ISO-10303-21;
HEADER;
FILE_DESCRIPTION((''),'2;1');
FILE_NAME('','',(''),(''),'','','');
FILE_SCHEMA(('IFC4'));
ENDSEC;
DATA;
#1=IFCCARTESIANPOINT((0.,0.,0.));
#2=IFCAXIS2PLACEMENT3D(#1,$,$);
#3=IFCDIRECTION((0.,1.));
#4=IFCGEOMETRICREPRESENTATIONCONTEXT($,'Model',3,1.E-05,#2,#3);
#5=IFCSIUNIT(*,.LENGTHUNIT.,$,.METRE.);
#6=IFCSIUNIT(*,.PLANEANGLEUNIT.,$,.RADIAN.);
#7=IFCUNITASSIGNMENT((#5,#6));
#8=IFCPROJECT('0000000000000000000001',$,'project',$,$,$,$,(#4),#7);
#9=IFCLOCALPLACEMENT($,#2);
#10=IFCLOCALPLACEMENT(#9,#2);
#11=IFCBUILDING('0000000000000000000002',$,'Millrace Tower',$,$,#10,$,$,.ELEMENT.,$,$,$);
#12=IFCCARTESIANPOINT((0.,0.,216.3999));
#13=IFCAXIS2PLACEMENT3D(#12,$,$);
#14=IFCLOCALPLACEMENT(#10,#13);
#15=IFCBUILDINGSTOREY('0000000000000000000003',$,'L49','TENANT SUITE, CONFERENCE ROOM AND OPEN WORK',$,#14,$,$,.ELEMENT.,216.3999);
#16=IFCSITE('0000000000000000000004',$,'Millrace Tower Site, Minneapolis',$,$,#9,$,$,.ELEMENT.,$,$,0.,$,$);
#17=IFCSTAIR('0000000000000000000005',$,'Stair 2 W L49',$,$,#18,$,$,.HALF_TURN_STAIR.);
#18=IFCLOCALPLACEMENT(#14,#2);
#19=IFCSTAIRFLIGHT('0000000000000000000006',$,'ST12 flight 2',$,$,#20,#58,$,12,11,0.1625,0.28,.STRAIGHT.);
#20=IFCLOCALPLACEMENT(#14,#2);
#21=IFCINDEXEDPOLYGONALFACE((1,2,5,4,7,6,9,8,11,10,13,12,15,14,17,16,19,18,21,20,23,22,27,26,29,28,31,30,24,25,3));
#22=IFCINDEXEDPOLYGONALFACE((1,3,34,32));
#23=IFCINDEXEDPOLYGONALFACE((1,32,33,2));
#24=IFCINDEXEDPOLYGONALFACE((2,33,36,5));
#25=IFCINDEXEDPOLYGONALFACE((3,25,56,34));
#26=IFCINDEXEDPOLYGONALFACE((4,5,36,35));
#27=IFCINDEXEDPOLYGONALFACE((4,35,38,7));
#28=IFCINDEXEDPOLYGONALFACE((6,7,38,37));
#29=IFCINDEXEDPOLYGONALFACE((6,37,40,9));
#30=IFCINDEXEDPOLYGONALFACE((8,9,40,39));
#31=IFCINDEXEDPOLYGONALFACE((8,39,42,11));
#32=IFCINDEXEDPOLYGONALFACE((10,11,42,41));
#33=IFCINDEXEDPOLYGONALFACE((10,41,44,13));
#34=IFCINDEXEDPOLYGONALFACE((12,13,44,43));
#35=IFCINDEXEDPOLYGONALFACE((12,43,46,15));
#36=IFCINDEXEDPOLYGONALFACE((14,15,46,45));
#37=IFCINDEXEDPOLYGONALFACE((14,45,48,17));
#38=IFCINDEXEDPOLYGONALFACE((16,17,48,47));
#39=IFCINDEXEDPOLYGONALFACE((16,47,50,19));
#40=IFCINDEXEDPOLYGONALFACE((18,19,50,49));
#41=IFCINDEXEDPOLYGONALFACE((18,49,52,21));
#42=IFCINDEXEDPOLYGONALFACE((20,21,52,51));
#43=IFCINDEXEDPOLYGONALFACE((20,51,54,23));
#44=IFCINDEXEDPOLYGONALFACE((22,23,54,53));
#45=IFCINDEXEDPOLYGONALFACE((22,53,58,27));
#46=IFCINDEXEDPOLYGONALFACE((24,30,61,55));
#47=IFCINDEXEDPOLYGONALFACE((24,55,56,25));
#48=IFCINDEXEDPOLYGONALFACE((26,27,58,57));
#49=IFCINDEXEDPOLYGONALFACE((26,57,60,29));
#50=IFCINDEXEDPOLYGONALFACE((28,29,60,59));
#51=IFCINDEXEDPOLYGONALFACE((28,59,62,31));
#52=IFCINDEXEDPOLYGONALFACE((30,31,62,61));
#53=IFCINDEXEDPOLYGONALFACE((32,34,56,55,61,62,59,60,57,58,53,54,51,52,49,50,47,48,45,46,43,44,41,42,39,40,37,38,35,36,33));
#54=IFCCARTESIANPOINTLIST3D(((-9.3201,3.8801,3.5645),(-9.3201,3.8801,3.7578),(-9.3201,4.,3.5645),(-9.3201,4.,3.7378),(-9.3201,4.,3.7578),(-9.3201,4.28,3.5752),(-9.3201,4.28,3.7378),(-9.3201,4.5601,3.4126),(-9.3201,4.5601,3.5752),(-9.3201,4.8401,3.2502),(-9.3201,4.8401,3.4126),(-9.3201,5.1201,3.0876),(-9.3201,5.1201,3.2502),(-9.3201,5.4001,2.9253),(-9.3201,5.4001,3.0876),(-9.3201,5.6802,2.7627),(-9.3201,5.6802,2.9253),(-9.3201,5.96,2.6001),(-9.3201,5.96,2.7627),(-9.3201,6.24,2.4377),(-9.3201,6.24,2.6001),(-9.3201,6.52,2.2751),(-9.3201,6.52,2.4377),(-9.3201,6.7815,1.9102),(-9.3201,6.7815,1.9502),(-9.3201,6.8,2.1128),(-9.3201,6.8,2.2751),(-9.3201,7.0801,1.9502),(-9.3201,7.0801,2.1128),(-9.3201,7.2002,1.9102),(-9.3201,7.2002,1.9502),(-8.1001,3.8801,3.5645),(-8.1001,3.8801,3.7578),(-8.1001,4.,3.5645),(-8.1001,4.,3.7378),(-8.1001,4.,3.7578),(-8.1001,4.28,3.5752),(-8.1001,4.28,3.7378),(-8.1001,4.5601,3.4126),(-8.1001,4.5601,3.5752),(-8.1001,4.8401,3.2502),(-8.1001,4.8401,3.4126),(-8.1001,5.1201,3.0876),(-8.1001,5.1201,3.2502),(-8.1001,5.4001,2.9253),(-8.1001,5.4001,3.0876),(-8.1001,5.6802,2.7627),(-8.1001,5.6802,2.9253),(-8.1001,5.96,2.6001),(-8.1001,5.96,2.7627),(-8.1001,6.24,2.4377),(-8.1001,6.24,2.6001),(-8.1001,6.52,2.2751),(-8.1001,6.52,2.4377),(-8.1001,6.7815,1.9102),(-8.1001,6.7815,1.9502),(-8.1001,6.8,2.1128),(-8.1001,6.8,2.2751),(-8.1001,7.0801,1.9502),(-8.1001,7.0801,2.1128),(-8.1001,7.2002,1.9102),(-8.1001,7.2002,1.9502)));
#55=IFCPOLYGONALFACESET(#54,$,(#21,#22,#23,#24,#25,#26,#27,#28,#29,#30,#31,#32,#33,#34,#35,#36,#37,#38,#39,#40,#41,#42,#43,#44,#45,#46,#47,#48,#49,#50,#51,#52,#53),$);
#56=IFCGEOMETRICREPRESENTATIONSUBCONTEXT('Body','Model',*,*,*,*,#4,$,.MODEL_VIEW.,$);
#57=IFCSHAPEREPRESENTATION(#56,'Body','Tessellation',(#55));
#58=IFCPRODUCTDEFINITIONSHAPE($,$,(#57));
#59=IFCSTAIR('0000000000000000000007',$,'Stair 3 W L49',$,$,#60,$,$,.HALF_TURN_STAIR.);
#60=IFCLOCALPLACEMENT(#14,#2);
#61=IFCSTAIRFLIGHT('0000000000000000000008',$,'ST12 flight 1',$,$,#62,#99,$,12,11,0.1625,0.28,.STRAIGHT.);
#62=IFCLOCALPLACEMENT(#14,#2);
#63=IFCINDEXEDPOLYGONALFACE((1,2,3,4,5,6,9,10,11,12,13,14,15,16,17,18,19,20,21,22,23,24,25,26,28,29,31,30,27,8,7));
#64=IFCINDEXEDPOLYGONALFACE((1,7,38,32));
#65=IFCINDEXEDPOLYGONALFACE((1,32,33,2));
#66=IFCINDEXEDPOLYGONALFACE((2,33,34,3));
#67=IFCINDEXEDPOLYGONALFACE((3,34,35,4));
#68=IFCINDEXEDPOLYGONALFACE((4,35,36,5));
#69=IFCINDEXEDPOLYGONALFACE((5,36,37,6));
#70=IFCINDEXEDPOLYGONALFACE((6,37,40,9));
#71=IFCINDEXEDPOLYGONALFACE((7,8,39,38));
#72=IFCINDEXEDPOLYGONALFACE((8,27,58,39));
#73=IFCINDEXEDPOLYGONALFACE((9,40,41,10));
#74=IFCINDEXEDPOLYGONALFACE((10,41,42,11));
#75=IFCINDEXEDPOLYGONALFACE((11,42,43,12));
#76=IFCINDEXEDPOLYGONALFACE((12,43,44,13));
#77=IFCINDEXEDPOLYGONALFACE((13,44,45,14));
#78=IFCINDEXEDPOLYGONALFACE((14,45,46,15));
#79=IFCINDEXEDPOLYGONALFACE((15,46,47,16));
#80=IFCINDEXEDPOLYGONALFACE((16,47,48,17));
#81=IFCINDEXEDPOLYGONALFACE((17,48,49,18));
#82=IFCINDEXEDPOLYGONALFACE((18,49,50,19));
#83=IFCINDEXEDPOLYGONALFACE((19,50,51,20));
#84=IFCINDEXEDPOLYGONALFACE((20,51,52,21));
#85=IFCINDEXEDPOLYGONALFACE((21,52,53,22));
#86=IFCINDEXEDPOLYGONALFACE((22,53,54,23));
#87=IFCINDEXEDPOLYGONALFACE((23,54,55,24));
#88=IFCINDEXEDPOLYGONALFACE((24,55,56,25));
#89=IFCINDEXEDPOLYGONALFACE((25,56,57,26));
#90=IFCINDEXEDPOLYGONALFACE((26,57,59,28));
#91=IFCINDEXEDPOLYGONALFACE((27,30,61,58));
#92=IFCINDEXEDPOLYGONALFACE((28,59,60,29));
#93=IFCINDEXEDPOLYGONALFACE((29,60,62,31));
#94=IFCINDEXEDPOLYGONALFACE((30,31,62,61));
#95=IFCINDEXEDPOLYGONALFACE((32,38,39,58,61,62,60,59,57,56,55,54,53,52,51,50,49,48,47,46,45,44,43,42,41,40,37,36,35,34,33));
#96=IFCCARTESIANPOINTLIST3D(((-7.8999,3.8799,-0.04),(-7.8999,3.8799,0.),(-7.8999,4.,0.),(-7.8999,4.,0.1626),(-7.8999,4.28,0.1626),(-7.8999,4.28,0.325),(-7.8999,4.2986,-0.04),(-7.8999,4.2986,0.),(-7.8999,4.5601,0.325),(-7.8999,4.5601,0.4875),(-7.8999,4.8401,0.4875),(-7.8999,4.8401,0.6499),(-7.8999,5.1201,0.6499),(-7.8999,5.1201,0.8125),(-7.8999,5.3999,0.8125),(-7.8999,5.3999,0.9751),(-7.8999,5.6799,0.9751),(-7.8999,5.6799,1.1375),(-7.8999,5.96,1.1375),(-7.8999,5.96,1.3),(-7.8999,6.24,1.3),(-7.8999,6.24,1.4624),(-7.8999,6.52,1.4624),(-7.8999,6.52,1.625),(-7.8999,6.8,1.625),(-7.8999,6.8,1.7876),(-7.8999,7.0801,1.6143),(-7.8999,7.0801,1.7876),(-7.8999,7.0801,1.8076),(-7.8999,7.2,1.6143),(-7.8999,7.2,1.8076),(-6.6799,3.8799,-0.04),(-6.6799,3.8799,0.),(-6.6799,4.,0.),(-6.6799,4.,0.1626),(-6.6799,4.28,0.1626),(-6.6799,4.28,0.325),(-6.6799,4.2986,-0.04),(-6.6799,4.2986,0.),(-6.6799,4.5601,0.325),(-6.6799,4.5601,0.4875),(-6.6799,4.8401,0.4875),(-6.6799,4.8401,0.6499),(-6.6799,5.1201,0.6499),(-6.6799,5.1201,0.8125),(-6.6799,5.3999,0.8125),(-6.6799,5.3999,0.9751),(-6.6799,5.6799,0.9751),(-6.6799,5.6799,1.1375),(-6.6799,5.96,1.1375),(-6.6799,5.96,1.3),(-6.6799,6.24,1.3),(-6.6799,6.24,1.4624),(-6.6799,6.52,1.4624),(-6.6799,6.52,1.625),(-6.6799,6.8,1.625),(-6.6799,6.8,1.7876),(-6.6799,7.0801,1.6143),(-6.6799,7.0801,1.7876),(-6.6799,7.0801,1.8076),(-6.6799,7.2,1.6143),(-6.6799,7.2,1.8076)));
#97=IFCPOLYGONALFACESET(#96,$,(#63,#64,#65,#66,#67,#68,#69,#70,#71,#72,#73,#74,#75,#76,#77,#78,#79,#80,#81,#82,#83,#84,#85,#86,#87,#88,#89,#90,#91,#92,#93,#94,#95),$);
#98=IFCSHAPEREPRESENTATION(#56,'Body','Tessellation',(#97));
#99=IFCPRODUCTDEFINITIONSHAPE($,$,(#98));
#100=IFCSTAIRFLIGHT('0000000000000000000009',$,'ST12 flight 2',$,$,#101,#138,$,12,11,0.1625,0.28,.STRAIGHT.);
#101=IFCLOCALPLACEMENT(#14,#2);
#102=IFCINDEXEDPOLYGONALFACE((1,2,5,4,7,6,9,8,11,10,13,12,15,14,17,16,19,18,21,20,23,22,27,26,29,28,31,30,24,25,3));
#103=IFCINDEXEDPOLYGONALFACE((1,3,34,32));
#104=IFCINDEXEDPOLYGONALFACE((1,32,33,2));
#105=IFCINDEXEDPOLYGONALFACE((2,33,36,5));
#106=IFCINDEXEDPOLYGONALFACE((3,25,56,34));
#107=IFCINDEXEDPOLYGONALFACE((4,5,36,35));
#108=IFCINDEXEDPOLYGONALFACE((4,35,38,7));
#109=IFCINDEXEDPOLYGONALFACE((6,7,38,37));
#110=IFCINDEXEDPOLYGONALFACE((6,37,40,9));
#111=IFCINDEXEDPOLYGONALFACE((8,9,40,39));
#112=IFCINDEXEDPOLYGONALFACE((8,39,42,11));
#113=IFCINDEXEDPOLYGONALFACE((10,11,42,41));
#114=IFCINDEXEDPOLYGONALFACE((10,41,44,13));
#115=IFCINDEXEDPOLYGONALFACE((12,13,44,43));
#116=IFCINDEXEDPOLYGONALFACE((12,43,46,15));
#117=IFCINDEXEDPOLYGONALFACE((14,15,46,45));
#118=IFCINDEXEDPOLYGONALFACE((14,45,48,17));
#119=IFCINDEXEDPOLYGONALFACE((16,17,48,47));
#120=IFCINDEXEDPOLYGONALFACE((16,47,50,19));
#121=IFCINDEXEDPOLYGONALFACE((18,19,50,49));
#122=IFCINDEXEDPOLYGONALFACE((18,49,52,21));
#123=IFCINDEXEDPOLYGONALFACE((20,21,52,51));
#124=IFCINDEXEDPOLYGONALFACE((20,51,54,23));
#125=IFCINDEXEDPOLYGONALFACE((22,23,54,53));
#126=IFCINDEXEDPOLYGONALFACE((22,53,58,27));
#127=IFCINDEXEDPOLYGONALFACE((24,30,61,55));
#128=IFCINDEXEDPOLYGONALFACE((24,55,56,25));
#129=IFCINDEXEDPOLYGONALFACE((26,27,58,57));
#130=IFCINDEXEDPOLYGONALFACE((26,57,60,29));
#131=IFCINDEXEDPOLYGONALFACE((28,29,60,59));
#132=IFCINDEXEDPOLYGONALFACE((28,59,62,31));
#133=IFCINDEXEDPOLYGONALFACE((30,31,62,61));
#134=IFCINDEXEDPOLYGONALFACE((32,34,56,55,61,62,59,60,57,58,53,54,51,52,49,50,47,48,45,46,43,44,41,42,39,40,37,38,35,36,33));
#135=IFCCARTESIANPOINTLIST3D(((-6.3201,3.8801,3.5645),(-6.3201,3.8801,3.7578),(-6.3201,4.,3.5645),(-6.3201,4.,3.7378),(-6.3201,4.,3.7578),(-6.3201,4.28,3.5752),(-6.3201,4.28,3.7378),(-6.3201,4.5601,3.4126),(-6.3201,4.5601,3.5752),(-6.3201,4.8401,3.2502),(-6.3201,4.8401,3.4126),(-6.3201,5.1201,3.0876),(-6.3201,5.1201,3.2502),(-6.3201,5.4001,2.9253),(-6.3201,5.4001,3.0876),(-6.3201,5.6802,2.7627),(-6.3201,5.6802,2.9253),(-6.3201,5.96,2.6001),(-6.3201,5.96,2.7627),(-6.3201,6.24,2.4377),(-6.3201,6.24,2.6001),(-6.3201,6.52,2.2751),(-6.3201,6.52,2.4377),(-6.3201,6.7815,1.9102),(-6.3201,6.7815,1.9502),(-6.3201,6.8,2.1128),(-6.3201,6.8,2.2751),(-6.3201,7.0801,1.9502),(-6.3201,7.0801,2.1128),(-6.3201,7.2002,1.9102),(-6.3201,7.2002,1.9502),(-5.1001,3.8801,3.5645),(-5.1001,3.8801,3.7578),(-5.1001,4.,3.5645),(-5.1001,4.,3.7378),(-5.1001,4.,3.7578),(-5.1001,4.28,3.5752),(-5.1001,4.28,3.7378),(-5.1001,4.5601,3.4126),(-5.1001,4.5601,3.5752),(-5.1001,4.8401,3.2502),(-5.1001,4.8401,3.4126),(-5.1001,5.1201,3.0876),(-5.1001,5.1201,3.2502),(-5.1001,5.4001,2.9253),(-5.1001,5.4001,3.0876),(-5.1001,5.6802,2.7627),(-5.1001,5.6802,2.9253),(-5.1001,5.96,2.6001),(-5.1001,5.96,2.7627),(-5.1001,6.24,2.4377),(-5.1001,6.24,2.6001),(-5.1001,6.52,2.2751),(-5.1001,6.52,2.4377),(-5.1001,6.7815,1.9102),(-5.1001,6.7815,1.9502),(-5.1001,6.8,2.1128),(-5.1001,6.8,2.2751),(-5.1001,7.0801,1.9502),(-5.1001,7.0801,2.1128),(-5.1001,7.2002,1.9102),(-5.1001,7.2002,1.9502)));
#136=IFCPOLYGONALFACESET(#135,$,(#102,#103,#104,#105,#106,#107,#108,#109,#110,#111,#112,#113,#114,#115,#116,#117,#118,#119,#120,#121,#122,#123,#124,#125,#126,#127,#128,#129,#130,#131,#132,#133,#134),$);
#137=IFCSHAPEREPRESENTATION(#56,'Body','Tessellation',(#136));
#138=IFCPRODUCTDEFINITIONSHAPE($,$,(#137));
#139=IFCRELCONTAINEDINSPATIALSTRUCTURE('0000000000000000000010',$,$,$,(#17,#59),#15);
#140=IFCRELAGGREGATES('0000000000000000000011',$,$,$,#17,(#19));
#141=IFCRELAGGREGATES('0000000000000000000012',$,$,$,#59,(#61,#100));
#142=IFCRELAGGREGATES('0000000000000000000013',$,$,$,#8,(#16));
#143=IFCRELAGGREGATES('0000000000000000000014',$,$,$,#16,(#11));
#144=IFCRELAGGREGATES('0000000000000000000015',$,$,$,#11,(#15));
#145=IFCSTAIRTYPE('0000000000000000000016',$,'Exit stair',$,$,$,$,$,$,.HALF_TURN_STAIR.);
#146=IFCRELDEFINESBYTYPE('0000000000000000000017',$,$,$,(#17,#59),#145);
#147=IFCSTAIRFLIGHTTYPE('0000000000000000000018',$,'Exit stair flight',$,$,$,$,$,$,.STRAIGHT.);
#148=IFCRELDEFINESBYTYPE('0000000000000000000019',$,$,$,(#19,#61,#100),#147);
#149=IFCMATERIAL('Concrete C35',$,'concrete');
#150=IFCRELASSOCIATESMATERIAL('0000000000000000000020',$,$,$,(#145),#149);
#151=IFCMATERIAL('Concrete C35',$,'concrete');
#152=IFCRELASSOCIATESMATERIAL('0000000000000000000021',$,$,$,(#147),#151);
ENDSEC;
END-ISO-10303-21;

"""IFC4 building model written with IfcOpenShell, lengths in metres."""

from ifc_helpers import new_model, si_unit, direction, frame, origin, place, context, subcontext, project, spatial, polyline, outline, extrude, material, type_object, element, aggregate, save


model = new_model("IFC4")

# Units and contexts
model_context = context("Model", 3, precision=1e-05, world=origin(), true_north=direction((0.0, 1.0)))
body_context = subcontext(model_context, "Body", "Model", "MODEL_VIEW")
ifc_project = project(units=[si_unit("LENGTHUNIT", "METRE"), si_unit("PLANEANGLEUNIT", "RADIAN")], contexts=[model_context])

# Site, building, storey
site_placement = place(None, origin())
site = spatial("IfcSite", under=ifc_project, at=site_placement, Name="Millrace Tower Site, Minneapolis", CompositionType="ELEMENT", RefElevation=0.0)
building_placement = place(site_placement, origin())
building = spatial("IfcBuilding", under=site, at=building_placement, Name="Millrace Tower", CompositionType="ELEMENT")
storey_placement = place(building_placement, frame((0.0, 0.0, 216.3999)))
storey = spatial("IfcBuildingStorey", under=building, at=storey_placement, Name="L49", Description="TENANT SUITE, CONFERENCE ROOM AND OPEN WORK", CompositionType="ELEMENT", Elevation=216.3999)

# Shared definitions
placement_1 = place(storey_placement, origin())

# Stairs, stair flights
ifc_material_1 = material(Name="Concrete C35", Category="concrete")
stair_type = type_object("IfcStairType", Name="Exit stair", PredefinedType="HALF_TURN_STAIR", material=ifc_material_1)
stair_1 = element("IfcStair", 1, at=placement_1, inside=storey, type_object=stair_type, Name="Stair 2 W L49", PredefinedType="HALF_TURN_STAIR")
ifc_material_2 = material(Name="Concrete C35", Category="concrete")
stair_flight_type = type_object("IfcStairFlightType", Name="Exit stair flight", PredefinedType="STRAIGHT", material=ifc_material_2)
stair_flight_1_placement = place(storey_placement, frame((-8.71, 7.0801, 1.9502), z_axis=(0.0, 0.0, 1.0), x_axis=(0.0, -1.0, 0.0)))
stair_flight_1 = element("IfcStairFlight", 2, at=stair_flight_1_placement, type_object=stair_flight_type, Name="ST12 flight 2", NumberOfRisers=12, NumberOfTreads=11, PredefinedType="STRAIGHT", RiserHeight=0.1625, TreadLength=0.28, context=body_context, shape_type="SweptSolid", body=[
    extrude(outline(polyline([(-0.1201, -0.04), (-0.1201, 0.0), (0.0, 0.0), (0.0, 0.1626), (0.28, 0.1626), (0.28, 0.325), (0.5601, 0.325), (0.5601, 0.4875), (0.8401, 0.4875), (0.8401, 0.6499), (1.1201, 0.6499), (1.1201, 0.8125), (1.3999, 0.8125), (1.3999, 0.9751), (1.6799, 0.9751), (1.6799, 1.1375), (1.96, 1.1375), (1.96, 1.3), (2.24, 1.3), (2.24, 1.4624), (2.52, 1.4624), (2.52, 1.625), (2.8, 1.625), (2.8, 1.7876), (3.0801, 1.7876), (3.0801, 1.8076), (3.2, 1.8076), (3.2, 1.6143), (3.0801, 1.6143), (0.2986, 0.0), (0.2986, -0.04), (-0.1201, -0.04)])), frame((0.0, 0.6099, 0.0), z_axis=(0.0, -1.0, 0.0), x_axis=(1.0, 0.0, 0.0)), (0.0, 0.0, 1.0), 1.22),
])
aggregate(stair_1, [stair_flight_1])
stair_2 = element("IfcStair", 3, at=placement_1, inside=storey, type_object=stair_type, Name="Stair 3 W L49", PredefinedType="HALF_TURN_STAIR")
stair_flight_2_placement = place(storey_placement, frame((-7.29, 4.0, 0.0), z_axis=(0.0, 0.0, 1.0), x_axis=(0.0, 1.0, 0.0)))
stair_flight_2 = element("IfcStairFlight", 4, at=stair_flight_2_placement, type_object=stair_flight_type, Name="ST12 flight 1", NumberOfRisers=12, NumberOfTreads=11, PredefinedType="STRAIGHT", RiserHeight=0.1625, TreadLength=0.28, context=body_context, shape_type="SweptSolid", body=[
    extrude(outline(polyline([(-0.1201, -0.04), (-0.1201, 0.0), (0.0, 0.0), (0.0, 0.1626), (0.28, 0.1626), (0.28, 0.325), (0.5601, 0.325), (0.5601, 0.4875), (0.8401, 0.4875), (0.8401, 0.6499), (1.1201, 0.6499), (1.1201, 0.8125), (1.3999, 0.8125), (1.3999, 0.9751), (1.6799, 0.9751), (1.6799, 1.1375), (1.96, 1.1375), (1.96, 1.3), (2.24, 1.3), (2.24, 1.4624), (2.52, 1.4624), (2.52, 1.625), (2.8, 1.625), (2.8, 1.7876), (3.0801, 1.7876), (3.0801, 1.8076), (3.2, 1.8076), (3.2, 1.6143), (3.0801, 1.6143), (0.2986, 0.0), (0.2986, -0.04), (-0.1201, -0.04)])), frame((0.0, 0.6099, 0.0), z_axis=(0.0, -1.0, 0.0), x_axis=(1.0, 0.0, 0.0)), (0.0, 0.0, 1.0), 1.22),
])
stair_flight_3_placement = place(storey_placement, frame((-5.71, 7.0801, 1.9502), z_axis=(0.0, 0.0, 1.0), x_axis=(0.0, -1.0, 0.0)))
stair_flight_3 = element("IfcStairFlight", 5, at=stair_flight_3_placement, type_object=stair_flight_type, Name="ST12 flight 2", NumberOfRisers=12, NumberOfTreads=11, PredefinedType="STRAIGHT", RiserHeight=0.1625, TreadLength=0.28, context=body_context, shape_type="SweptSolid", body=[
    extrude(outline(polyline([(-0.1201, -0.04), (-0.1201, 0.0), (0.0, 0.0), (0.0, 0.1626), (0.28, 0.1626), (0.28, 0.325), (0.5601, 0.325), (0.5601, 0.4875), (0.8401, 0.4875), (0.8401, 0.6499), (1.1201, 0.6499), (1.1201, 0.8125), (1.3999, 0.8125), (1.3999, 0.9751), (1.6799, 0.9751), (1.6799, 1.1375), (1.96, 1.1375), (1.96, 1.3), (2.24, 1.3), (2.24, 1.4624), (2.52, 1.4624), (2.52, 1.625), (2.8, 1.625), (2.8, 1.7876), (3.0801, 1.7876), (3.0801, 1.8076), (3.2, 1.8076), (3.2, 1.6143), (3.0801, 1.6143), (0.2986, 0.0), (0.2986, -0.04), (-0.1201, -0.04)])), frame((0.0, 0.6099, 0.0), z_axis=(0.0, -1.0, 0.0), x_axis=(1.0, 0.0, 0.0)), (0.0, 0.0, 1.0), 1.22),
])
aggregate(stair_2, [stair_flight_2, stair_flight_3])

save(model, "model.ifc")
